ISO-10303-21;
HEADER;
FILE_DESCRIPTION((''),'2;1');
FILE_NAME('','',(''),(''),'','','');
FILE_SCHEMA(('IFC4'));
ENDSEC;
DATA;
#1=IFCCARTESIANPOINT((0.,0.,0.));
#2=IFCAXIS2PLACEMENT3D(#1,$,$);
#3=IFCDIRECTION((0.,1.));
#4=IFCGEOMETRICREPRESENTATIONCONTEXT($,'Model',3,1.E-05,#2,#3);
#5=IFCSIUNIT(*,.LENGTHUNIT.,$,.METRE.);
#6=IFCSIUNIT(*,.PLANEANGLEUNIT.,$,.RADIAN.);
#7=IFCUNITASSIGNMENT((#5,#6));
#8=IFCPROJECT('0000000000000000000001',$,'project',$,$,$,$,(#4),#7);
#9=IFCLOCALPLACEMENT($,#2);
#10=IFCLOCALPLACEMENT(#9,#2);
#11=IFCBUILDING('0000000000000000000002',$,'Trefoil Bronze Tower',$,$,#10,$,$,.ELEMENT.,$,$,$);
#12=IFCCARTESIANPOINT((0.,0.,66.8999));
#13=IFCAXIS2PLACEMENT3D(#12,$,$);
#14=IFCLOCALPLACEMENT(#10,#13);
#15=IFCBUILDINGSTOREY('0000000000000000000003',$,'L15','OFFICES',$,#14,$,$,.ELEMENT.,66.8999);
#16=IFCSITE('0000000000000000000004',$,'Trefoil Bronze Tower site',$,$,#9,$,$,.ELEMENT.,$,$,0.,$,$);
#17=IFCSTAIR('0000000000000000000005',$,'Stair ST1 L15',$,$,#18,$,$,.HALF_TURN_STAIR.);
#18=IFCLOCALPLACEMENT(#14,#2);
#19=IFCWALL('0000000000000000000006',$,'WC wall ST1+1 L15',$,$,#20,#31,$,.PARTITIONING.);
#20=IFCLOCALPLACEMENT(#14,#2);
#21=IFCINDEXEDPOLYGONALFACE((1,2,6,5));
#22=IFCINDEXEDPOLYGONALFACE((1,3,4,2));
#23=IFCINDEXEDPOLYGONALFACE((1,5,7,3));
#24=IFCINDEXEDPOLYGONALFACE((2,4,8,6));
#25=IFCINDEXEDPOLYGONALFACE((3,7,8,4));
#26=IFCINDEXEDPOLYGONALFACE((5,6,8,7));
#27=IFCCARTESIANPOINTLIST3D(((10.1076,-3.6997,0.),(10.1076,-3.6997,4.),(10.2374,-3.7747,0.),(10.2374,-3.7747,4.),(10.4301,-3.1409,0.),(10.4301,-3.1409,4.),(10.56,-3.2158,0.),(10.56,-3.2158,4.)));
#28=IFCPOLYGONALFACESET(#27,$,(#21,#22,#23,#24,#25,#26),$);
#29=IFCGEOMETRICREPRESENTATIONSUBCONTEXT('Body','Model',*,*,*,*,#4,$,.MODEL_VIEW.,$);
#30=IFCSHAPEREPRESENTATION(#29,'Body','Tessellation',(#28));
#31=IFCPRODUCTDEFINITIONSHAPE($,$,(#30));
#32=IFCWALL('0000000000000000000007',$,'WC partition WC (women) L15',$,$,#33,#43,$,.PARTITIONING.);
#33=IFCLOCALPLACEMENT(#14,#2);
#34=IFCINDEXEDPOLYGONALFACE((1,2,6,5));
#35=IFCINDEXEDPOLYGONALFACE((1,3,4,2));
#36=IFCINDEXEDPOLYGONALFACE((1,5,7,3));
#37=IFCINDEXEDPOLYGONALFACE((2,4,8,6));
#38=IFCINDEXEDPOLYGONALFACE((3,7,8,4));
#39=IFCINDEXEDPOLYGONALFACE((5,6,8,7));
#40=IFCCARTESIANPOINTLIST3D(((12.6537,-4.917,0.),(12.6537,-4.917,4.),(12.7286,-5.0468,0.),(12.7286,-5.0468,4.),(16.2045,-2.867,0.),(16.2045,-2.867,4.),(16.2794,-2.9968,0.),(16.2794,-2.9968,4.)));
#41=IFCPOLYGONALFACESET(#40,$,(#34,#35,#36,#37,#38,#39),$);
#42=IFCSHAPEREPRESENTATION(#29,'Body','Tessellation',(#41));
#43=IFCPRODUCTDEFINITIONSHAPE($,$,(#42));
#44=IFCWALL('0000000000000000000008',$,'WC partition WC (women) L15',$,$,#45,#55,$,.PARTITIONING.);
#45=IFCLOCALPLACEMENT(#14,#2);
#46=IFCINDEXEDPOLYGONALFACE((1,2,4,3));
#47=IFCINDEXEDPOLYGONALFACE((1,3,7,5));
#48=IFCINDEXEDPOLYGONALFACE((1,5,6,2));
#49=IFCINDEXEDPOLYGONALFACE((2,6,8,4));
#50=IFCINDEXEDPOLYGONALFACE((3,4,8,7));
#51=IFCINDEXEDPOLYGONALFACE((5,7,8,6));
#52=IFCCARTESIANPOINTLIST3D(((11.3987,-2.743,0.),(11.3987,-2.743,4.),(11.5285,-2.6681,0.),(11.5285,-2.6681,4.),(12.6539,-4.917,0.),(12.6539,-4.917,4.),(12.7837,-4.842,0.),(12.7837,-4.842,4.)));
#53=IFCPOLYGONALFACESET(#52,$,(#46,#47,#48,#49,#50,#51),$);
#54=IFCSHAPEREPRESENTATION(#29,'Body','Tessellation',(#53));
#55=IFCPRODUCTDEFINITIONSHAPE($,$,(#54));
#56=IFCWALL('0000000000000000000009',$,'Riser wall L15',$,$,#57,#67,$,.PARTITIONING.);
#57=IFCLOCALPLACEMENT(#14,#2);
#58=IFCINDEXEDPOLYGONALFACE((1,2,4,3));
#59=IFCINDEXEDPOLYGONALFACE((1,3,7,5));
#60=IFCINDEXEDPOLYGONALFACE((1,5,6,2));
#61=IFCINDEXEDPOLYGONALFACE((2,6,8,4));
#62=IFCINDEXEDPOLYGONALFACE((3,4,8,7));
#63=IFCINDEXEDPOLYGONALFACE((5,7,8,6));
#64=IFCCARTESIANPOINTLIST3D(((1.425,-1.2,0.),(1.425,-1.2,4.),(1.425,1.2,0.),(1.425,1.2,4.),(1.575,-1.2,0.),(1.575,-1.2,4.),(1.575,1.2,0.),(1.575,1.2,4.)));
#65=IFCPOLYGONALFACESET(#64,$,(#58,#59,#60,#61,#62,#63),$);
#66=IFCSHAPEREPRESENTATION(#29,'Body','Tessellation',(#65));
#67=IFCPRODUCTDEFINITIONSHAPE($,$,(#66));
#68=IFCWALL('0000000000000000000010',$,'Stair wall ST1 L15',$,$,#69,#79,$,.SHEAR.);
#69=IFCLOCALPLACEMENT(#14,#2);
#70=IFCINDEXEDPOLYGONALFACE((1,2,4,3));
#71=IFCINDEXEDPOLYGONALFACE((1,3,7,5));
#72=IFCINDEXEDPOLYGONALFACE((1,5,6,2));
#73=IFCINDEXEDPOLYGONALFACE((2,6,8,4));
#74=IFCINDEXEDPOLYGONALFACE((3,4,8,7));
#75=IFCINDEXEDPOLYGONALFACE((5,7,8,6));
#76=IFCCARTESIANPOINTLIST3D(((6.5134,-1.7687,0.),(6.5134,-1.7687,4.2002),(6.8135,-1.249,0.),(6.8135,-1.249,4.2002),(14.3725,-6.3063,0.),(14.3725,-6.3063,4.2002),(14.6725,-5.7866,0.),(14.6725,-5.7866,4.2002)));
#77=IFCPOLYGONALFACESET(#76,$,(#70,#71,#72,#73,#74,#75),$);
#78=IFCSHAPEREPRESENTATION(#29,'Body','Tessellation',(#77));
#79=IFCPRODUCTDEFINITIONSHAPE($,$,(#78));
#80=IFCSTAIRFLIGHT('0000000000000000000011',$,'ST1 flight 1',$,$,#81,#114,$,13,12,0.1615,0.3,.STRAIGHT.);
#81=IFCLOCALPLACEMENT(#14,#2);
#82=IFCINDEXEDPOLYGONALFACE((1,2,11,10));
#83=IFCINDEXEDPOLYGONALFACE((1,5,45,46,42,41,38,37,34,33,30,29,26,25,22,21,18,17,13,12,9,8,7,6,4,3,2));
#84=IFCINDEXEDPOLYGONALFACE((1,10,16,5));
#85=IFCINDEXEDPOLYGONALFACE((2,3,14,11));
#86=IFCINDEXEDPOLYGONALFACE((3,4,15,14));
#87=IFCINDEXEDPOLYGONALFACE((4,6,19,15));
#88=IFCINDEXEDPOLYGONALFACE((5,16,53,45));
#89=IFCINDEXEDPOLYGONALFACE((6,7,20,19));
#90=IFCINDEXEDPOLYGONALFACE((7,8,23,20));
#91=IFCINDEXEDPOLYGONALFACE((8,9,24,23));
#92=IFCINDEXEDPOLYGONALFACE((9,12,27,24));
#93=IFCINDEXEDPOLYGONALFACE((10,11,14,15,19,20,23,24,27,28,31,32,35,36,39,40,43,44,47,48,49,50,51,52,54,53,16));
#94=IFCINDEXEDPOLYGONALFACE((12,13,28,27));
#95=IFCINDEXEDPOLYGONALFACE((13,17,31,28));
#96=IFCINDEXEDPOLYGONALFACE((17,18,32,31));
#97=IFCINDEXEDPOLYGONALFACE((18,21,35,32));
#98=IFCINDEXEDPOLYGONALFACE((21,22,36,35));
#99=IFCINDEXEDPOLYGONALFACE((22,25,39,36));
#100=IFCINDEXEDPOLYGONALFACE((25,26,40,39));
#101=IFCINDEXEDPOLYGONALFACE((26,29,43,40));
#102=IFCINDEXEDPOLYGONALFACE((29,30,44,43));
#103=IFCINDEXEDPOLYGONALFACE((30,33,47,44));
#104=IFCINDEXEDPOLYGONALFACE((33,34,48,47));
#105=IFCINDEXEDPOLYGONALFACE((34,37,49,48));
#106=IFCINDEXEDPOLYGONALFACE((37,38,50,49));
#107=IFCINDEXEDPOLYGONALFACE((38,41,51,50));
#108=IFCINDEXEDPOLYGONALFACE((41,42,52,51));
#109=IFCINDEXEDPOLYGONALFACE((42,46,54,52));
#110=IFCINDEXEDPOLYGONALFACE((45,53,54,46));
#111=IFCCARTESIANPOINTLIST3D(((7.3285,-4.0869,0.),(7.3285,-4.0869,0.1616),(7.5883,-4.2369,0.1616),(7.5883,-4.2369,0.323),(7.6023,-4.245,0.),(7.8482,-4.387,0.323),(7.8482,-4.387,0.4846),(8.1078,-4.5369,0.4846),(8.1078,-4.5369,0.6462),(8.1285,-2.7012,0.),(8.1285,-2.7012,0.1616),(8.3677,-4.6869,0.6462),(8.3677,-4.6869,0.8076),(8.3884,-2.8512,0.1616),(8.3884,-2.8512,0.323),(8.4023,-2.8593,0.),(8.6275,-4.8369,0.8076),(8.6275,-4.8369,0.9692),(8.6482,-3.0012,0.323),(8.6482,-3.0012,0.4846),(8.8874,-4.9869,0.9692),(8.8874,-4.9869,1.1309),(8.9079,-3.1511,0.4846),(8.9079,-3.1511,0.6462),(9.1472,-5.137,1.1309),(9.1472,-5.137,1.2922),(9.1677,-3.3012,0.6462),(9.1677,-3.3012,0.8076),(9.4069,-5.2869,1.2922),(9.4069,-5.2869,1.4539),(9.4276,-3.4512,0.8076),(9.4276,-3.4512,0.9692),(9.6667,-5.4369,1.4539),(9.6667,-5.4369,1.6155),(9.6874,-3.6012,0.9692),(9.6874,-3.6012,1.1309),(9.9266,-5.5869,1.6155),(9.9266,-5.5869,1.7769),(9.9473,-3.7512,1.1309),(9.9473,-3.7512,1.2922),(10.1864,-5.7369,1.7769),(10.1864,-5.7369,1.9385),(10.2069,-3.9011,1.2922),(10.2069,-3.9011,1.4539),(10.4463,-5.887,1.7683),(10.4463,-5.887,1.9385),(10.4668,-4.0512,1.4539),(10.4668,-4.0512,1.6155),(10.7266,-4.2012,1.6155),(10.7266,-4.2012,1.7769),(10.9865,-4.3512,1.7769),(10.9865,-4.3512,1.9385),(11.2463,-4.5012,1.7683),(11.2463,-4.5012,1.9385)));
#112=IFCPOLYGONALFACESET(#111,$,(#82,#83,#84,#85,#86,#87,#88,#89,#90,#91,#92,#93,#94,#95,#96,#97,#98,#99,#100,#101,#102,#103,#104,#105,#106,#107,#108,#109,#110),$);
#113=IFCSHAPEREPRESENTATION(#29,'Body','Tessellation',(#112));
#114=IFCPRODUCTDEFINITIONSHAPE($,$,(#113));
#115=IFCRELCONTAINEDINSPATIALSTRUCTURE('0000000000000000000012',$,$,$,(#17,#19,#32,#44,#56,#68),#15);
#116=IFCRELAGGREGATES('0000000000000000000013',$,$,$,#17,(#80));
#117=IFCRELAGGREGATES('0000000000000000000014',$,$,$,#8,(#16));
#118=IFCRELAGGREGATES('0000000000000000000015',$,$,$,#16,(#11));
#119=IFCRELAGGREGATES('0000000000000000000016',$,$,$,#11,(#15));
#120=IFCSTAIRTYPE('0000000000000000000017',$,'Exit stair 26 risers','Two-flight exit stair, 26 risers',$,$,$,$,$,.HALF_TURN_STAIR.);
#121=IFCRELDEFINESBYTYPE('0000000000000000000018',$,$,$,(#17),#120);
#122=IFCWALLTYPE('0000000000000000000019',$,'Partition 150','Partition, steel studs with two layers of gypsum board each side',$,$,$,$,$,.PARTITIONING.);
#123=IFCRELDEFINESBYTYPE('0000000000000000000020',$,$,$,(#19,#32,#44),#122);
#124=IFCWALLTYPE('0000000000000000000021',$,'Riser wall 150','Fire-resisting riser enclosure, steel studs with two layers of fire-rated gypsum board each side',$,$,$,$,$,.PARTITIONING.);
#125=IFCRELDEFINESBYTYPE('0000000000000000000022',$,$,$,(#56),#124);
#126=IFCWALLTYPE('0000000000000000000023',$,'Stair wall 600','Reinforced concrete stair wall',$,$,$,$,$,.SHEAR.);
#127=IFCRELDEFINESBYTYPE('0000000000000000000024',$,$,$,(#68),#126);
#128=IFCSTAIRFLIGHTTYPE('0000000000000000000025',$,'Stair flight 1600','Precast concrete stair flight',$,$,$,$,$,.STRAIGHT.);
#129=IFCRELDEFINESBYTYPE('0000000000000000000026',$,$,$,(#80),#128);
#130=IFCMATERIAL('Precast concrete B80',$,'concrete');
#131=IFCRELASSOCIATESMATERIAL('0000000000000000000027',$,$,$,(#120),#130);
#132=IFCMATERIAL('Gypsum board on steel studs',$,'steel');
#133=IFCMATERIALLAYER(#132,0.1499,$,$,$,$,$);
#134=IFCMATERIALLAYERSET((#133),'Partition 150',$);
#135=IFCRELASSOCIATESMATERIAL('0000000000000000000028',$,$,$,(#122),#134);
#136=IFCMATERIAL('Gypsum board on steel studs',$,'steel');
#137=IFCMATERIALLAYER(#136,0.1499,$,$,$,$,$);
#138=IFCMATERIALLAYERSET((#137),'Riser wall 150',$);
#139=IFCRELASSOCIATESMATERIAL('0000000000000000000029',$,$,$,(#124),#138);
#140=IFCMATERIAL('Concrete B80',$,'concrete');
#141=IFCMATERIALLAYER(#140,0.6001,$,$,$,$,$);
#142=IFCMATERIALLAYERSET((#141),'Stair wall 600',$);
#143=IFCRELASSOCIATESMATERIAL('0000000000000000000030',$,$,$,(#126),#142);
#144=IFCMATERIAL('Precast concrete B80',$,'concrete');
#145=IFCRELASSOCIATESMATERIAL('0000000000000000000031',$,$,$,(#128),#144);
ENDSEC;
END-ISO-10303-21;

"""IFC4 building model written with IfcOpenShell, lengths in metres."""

from ifc_helpers import new_model, si_unit, direction, frame, frame_2d, origin, place, context, subcontext, project, spatial, polyline, rectangle, outline, extrude, material, layer, layer_set, type_object, element, aggregate, save


model = new_model("IFC4")

# Units and contexts
model_context = context("Model", 3, precision=1e-05, world=origin(), true_north=direction((0.0, 1.0)))
body_context = subcontext(model_context, "Body", "Model", "MODEL_VIEW")
ifc_project = project(units=[si_unit("LENGTHUNIT", "METRE"), si_unit("PLANEANGLEUNIT", "RADIAN")], contexts=[model_context])

# Site, building, storey
site_placement = place(None, origin())
site = spatial("IfcSite", under=ifc_project, at=site_placement, Name="Trefoil Bronze Tower site", CompositionType="ELEMENT", RefElevation=0.0)
building_placement = place(site_placement, origin())
building = spatial("IfcBuilding", under=site, at=building_placement, Name="Trefoil Bronze Tower", CompositionType="ELEMENT")
storey_placement = place(building_placement, frame((0.0, 0.0, 66.8999)))
storey = spatial("IfcBuildingStorey", under=building, at=storey_placement, Name="L15", Description="OFFICES", CompositionType="ELEMENT", Elevation=66.8999)

# Stair
ifc_material_1 = material(Name="Precast concrete B80", Category="concrete")
stair_type = type_object("IfcStairType", Name="Exit stair 26 risers", Description="Two-flight exit stair, 26 risers", PredefinedType="HALF_TURN_STAIR", material=ifc_material_1)
stair_1_placement = place(storey_placement, origin())
stair_1 = element("IfcStair", 1, at=stair_1_placement, inside=storey, type_object=stair_type, Name="Stair ST1 L15", PredefinedType="HALF_TURN_STAIR")

# Shared definitions
ifc_material_2 = material(Name="Gypsum board on steel studs", Category="steel")
ifc_layer_1 = layer(ifc_material_2, 0.1499)
ifc_layer_set_1 = layer_set([ifc_layer_1], Name="Partition 150")
wall_type_1 = type_object("IfcWallType", Name="Partition 150", Description="Partition, steel studs with two layers of gypsum board each side", PredefinedType="PARTITIONING", material=ifc_layer_set_1)

# Walls
wall_1_placement = place(storey_placement, frame((10.4951, -3.1782, 0.0), z_axis=(0.0, 0.0, 1.0), x_axis=(-0.499843, -0.866116, 0.0)))
element("IfcWall", 2, at=wall_1_placement, inside=storey, type_object=wall_type_1, Name="WC wall ST1+1 L15", PredefinedType="PARTITIONING", context=body_context, shape_type="SweptSolid", body=[
    extrude(rectangle(XDim=0.6453, YDim=0.1499, at=frame_2d((0.3228, 0.0))), origin(), (0.0, 0.0, 1.0), 4.0),
])
wall_2_placement = place(storey_placement, frame((12.6912, -4.9819, 0.0), z_axis=(0.0, 0.0, 1.0), x_axis=(0.866025, 0.500001, 0.0)))
element("IfcWall", 3, at=wall_2_placement, inside=storey, type_object=wall_type_1, Name="WC partition WC (women) L15", PredefinedType="PARTITIONING", context=body_context, shape_type="SweptSolid", body=[
    extrude(rectangle(XDim=4.1001, YDim=0.1499, at=frame_2d((2.05, 0.0))), origin(), (0.0, 0.0, 1.0), 4.0),
])
wall_3_placement = place(storey_placement, frame((11.4636, -2.7056, 0.0), z_axis=(0.0, 0.0, 1.0), x_axis=(0.50002, -0.866014, 0.0)))
element("IfcWall", 4, at=wall_3_placement, inside=storey, type_object=wall_type_1, Name="WC partition WC (women) L15", PredefinedType="PARTITIONING", context=body_context, shape_type="SweptSolid", body=[
    extrude(rectangle(XDim=2.5103, YDim=0.1499, at=frame_2d((1.2551, 0.0))), origin(), (0.0, 0.0, 1.0), 4.0),
])
ifc_material_3 = material(Name="Gypsum board on steel studs", Category="steel")
ifc_layer_2 = layer(ifc_material_3, 0.1499)
ifc_layer_set_2 = layer_set([ifc_layer_2], Name="Riser wall 150")
wall_type_2 = type_object("IfcWallType", Name="Riser wall 150", Description="Fire-resisting riser enclosure, steel studs with two layers of fire-rated gypsum board each side", PredefinedType="PARTITIONING", material=ifc_layer_set_2)
wall_4_placement = place(storey_placement, frame((1.5, -1.2, 0.0), z_axis=(0.0, 0.0, 1.0), x_axis=(0.0, 1.0, 0.0)))
element("IfcWall", 5, at=wall_4_placement, inside=storey, type_object=wall_type_2, Name="Riser wall L15", PredefinedType="PARTITIONING", context=body_context, shape_type="SweptSolid", body=[
    extrude(rectangle(XDim=2.3999, YDim=0.1499, at=frame_2d((1.2, 0.0))), origin(), (0.0, 0.0, 1.0), 4.0),
])
ifc_material_4 = material(Name="Concrete B80", Category="concrete")
ifc_layer_3 = layer(ifc_material_4, 0.6001)
ifc_layer_set_3 = layer_set([ifc_layer_3], Name="Stair wall 600")
wall_type_3 = type_object("IfcWallType", Name="Stair wall 600", Description="Reinforced concrete stair wall", PredefinedType="SHEAR", material=ifc_layer_set_3)
wall_5_placement = place(storey_placement, frame((6.6633, -1.5088, 0.0), z_axis=(0.0, 0.0, 1.0), x_axis=(0.866019, -0.50001, 0.0)))
element("IfcWall", 6, at=wall_5_placement, inside=storey, type_object=wall_type_3, Name="Stair wall ST1 L15", PredefinedType="SHEAR", context=body_context, shape_type="SweptSolid", body=[
    extrude(rectangle(XDim=9.075, YDim=0.6001, at=frame_2d((4.5376, 0.0))), origin(), (0.0, 0.0, 1.0), 4.2002),
])

# Stair flight
ifc_material_5 = material(Name="Precast concrete B80", Category="concrete")
stair_flight_type = type_object("IfcStairFlightType", Name="Stair flight 1600", Description="Precast concrete stair flight", PredefinedType="STRAIGHT", material=ifc_material_5)
stair_flight_placement = place(storey_placement, frame((7.7285, -3.394, 0.0), z_axis=(0.0, 0.0, 1.0), x_axis=(0.866025, -0.5, 0.0)))
stair_flight = element("IfcStairFlight", 7, at=stair_flight_placement, type_object=stair_flight_type, Name="ST1 flight 1", NumberOfRisers=13, NumberOfTreads=12, PredefinedType="STRAIGHT", RiserHeight=0.1615, TreadLength=0.3, context=body_context, shape_type="SweptSolid", body=[
    extrude(outline(polyline([(0.0, 0.0), (0.0, 0.1616), (0.3, 0.1616), (0.3, 0.323), (0.6001, 0.323), (0.6001, 0.4846), (0.8999, 0.4846), (0.8999, 0.6462), (1.2, 0.6462), (1.2, 0.8076), (1.5, 0.8076), (1.5, 0.9692), (1.8, 0.9692), (1.8, 1.1309), (2.1001, 1.1309), (2.1001, 1.2922), (2.3999, 1.2922), (2.3999, 1.4539), (2.7, 1.4539), (2.7, 1.6155), (3.0, 1.6155), (3.0, 1.7769), (3.3, 1.7769), (3.3, 1.9385), (3.6001, 1.9385), (3.6001, 2.1001), (3.6001, 1.7683), (0.3162, 0.0), (0.0, 0.0)])), frame((0.0, 0.8, 0.0), z_axis=(0.0, -1.0, 0.0), x_axis=(1.0, 0.0, 0.0)), (0.0, 0.0, 1.0), 1.6001),
])
aggregate(stair_1, [stair_flight])

save(model, "model.ifc")
